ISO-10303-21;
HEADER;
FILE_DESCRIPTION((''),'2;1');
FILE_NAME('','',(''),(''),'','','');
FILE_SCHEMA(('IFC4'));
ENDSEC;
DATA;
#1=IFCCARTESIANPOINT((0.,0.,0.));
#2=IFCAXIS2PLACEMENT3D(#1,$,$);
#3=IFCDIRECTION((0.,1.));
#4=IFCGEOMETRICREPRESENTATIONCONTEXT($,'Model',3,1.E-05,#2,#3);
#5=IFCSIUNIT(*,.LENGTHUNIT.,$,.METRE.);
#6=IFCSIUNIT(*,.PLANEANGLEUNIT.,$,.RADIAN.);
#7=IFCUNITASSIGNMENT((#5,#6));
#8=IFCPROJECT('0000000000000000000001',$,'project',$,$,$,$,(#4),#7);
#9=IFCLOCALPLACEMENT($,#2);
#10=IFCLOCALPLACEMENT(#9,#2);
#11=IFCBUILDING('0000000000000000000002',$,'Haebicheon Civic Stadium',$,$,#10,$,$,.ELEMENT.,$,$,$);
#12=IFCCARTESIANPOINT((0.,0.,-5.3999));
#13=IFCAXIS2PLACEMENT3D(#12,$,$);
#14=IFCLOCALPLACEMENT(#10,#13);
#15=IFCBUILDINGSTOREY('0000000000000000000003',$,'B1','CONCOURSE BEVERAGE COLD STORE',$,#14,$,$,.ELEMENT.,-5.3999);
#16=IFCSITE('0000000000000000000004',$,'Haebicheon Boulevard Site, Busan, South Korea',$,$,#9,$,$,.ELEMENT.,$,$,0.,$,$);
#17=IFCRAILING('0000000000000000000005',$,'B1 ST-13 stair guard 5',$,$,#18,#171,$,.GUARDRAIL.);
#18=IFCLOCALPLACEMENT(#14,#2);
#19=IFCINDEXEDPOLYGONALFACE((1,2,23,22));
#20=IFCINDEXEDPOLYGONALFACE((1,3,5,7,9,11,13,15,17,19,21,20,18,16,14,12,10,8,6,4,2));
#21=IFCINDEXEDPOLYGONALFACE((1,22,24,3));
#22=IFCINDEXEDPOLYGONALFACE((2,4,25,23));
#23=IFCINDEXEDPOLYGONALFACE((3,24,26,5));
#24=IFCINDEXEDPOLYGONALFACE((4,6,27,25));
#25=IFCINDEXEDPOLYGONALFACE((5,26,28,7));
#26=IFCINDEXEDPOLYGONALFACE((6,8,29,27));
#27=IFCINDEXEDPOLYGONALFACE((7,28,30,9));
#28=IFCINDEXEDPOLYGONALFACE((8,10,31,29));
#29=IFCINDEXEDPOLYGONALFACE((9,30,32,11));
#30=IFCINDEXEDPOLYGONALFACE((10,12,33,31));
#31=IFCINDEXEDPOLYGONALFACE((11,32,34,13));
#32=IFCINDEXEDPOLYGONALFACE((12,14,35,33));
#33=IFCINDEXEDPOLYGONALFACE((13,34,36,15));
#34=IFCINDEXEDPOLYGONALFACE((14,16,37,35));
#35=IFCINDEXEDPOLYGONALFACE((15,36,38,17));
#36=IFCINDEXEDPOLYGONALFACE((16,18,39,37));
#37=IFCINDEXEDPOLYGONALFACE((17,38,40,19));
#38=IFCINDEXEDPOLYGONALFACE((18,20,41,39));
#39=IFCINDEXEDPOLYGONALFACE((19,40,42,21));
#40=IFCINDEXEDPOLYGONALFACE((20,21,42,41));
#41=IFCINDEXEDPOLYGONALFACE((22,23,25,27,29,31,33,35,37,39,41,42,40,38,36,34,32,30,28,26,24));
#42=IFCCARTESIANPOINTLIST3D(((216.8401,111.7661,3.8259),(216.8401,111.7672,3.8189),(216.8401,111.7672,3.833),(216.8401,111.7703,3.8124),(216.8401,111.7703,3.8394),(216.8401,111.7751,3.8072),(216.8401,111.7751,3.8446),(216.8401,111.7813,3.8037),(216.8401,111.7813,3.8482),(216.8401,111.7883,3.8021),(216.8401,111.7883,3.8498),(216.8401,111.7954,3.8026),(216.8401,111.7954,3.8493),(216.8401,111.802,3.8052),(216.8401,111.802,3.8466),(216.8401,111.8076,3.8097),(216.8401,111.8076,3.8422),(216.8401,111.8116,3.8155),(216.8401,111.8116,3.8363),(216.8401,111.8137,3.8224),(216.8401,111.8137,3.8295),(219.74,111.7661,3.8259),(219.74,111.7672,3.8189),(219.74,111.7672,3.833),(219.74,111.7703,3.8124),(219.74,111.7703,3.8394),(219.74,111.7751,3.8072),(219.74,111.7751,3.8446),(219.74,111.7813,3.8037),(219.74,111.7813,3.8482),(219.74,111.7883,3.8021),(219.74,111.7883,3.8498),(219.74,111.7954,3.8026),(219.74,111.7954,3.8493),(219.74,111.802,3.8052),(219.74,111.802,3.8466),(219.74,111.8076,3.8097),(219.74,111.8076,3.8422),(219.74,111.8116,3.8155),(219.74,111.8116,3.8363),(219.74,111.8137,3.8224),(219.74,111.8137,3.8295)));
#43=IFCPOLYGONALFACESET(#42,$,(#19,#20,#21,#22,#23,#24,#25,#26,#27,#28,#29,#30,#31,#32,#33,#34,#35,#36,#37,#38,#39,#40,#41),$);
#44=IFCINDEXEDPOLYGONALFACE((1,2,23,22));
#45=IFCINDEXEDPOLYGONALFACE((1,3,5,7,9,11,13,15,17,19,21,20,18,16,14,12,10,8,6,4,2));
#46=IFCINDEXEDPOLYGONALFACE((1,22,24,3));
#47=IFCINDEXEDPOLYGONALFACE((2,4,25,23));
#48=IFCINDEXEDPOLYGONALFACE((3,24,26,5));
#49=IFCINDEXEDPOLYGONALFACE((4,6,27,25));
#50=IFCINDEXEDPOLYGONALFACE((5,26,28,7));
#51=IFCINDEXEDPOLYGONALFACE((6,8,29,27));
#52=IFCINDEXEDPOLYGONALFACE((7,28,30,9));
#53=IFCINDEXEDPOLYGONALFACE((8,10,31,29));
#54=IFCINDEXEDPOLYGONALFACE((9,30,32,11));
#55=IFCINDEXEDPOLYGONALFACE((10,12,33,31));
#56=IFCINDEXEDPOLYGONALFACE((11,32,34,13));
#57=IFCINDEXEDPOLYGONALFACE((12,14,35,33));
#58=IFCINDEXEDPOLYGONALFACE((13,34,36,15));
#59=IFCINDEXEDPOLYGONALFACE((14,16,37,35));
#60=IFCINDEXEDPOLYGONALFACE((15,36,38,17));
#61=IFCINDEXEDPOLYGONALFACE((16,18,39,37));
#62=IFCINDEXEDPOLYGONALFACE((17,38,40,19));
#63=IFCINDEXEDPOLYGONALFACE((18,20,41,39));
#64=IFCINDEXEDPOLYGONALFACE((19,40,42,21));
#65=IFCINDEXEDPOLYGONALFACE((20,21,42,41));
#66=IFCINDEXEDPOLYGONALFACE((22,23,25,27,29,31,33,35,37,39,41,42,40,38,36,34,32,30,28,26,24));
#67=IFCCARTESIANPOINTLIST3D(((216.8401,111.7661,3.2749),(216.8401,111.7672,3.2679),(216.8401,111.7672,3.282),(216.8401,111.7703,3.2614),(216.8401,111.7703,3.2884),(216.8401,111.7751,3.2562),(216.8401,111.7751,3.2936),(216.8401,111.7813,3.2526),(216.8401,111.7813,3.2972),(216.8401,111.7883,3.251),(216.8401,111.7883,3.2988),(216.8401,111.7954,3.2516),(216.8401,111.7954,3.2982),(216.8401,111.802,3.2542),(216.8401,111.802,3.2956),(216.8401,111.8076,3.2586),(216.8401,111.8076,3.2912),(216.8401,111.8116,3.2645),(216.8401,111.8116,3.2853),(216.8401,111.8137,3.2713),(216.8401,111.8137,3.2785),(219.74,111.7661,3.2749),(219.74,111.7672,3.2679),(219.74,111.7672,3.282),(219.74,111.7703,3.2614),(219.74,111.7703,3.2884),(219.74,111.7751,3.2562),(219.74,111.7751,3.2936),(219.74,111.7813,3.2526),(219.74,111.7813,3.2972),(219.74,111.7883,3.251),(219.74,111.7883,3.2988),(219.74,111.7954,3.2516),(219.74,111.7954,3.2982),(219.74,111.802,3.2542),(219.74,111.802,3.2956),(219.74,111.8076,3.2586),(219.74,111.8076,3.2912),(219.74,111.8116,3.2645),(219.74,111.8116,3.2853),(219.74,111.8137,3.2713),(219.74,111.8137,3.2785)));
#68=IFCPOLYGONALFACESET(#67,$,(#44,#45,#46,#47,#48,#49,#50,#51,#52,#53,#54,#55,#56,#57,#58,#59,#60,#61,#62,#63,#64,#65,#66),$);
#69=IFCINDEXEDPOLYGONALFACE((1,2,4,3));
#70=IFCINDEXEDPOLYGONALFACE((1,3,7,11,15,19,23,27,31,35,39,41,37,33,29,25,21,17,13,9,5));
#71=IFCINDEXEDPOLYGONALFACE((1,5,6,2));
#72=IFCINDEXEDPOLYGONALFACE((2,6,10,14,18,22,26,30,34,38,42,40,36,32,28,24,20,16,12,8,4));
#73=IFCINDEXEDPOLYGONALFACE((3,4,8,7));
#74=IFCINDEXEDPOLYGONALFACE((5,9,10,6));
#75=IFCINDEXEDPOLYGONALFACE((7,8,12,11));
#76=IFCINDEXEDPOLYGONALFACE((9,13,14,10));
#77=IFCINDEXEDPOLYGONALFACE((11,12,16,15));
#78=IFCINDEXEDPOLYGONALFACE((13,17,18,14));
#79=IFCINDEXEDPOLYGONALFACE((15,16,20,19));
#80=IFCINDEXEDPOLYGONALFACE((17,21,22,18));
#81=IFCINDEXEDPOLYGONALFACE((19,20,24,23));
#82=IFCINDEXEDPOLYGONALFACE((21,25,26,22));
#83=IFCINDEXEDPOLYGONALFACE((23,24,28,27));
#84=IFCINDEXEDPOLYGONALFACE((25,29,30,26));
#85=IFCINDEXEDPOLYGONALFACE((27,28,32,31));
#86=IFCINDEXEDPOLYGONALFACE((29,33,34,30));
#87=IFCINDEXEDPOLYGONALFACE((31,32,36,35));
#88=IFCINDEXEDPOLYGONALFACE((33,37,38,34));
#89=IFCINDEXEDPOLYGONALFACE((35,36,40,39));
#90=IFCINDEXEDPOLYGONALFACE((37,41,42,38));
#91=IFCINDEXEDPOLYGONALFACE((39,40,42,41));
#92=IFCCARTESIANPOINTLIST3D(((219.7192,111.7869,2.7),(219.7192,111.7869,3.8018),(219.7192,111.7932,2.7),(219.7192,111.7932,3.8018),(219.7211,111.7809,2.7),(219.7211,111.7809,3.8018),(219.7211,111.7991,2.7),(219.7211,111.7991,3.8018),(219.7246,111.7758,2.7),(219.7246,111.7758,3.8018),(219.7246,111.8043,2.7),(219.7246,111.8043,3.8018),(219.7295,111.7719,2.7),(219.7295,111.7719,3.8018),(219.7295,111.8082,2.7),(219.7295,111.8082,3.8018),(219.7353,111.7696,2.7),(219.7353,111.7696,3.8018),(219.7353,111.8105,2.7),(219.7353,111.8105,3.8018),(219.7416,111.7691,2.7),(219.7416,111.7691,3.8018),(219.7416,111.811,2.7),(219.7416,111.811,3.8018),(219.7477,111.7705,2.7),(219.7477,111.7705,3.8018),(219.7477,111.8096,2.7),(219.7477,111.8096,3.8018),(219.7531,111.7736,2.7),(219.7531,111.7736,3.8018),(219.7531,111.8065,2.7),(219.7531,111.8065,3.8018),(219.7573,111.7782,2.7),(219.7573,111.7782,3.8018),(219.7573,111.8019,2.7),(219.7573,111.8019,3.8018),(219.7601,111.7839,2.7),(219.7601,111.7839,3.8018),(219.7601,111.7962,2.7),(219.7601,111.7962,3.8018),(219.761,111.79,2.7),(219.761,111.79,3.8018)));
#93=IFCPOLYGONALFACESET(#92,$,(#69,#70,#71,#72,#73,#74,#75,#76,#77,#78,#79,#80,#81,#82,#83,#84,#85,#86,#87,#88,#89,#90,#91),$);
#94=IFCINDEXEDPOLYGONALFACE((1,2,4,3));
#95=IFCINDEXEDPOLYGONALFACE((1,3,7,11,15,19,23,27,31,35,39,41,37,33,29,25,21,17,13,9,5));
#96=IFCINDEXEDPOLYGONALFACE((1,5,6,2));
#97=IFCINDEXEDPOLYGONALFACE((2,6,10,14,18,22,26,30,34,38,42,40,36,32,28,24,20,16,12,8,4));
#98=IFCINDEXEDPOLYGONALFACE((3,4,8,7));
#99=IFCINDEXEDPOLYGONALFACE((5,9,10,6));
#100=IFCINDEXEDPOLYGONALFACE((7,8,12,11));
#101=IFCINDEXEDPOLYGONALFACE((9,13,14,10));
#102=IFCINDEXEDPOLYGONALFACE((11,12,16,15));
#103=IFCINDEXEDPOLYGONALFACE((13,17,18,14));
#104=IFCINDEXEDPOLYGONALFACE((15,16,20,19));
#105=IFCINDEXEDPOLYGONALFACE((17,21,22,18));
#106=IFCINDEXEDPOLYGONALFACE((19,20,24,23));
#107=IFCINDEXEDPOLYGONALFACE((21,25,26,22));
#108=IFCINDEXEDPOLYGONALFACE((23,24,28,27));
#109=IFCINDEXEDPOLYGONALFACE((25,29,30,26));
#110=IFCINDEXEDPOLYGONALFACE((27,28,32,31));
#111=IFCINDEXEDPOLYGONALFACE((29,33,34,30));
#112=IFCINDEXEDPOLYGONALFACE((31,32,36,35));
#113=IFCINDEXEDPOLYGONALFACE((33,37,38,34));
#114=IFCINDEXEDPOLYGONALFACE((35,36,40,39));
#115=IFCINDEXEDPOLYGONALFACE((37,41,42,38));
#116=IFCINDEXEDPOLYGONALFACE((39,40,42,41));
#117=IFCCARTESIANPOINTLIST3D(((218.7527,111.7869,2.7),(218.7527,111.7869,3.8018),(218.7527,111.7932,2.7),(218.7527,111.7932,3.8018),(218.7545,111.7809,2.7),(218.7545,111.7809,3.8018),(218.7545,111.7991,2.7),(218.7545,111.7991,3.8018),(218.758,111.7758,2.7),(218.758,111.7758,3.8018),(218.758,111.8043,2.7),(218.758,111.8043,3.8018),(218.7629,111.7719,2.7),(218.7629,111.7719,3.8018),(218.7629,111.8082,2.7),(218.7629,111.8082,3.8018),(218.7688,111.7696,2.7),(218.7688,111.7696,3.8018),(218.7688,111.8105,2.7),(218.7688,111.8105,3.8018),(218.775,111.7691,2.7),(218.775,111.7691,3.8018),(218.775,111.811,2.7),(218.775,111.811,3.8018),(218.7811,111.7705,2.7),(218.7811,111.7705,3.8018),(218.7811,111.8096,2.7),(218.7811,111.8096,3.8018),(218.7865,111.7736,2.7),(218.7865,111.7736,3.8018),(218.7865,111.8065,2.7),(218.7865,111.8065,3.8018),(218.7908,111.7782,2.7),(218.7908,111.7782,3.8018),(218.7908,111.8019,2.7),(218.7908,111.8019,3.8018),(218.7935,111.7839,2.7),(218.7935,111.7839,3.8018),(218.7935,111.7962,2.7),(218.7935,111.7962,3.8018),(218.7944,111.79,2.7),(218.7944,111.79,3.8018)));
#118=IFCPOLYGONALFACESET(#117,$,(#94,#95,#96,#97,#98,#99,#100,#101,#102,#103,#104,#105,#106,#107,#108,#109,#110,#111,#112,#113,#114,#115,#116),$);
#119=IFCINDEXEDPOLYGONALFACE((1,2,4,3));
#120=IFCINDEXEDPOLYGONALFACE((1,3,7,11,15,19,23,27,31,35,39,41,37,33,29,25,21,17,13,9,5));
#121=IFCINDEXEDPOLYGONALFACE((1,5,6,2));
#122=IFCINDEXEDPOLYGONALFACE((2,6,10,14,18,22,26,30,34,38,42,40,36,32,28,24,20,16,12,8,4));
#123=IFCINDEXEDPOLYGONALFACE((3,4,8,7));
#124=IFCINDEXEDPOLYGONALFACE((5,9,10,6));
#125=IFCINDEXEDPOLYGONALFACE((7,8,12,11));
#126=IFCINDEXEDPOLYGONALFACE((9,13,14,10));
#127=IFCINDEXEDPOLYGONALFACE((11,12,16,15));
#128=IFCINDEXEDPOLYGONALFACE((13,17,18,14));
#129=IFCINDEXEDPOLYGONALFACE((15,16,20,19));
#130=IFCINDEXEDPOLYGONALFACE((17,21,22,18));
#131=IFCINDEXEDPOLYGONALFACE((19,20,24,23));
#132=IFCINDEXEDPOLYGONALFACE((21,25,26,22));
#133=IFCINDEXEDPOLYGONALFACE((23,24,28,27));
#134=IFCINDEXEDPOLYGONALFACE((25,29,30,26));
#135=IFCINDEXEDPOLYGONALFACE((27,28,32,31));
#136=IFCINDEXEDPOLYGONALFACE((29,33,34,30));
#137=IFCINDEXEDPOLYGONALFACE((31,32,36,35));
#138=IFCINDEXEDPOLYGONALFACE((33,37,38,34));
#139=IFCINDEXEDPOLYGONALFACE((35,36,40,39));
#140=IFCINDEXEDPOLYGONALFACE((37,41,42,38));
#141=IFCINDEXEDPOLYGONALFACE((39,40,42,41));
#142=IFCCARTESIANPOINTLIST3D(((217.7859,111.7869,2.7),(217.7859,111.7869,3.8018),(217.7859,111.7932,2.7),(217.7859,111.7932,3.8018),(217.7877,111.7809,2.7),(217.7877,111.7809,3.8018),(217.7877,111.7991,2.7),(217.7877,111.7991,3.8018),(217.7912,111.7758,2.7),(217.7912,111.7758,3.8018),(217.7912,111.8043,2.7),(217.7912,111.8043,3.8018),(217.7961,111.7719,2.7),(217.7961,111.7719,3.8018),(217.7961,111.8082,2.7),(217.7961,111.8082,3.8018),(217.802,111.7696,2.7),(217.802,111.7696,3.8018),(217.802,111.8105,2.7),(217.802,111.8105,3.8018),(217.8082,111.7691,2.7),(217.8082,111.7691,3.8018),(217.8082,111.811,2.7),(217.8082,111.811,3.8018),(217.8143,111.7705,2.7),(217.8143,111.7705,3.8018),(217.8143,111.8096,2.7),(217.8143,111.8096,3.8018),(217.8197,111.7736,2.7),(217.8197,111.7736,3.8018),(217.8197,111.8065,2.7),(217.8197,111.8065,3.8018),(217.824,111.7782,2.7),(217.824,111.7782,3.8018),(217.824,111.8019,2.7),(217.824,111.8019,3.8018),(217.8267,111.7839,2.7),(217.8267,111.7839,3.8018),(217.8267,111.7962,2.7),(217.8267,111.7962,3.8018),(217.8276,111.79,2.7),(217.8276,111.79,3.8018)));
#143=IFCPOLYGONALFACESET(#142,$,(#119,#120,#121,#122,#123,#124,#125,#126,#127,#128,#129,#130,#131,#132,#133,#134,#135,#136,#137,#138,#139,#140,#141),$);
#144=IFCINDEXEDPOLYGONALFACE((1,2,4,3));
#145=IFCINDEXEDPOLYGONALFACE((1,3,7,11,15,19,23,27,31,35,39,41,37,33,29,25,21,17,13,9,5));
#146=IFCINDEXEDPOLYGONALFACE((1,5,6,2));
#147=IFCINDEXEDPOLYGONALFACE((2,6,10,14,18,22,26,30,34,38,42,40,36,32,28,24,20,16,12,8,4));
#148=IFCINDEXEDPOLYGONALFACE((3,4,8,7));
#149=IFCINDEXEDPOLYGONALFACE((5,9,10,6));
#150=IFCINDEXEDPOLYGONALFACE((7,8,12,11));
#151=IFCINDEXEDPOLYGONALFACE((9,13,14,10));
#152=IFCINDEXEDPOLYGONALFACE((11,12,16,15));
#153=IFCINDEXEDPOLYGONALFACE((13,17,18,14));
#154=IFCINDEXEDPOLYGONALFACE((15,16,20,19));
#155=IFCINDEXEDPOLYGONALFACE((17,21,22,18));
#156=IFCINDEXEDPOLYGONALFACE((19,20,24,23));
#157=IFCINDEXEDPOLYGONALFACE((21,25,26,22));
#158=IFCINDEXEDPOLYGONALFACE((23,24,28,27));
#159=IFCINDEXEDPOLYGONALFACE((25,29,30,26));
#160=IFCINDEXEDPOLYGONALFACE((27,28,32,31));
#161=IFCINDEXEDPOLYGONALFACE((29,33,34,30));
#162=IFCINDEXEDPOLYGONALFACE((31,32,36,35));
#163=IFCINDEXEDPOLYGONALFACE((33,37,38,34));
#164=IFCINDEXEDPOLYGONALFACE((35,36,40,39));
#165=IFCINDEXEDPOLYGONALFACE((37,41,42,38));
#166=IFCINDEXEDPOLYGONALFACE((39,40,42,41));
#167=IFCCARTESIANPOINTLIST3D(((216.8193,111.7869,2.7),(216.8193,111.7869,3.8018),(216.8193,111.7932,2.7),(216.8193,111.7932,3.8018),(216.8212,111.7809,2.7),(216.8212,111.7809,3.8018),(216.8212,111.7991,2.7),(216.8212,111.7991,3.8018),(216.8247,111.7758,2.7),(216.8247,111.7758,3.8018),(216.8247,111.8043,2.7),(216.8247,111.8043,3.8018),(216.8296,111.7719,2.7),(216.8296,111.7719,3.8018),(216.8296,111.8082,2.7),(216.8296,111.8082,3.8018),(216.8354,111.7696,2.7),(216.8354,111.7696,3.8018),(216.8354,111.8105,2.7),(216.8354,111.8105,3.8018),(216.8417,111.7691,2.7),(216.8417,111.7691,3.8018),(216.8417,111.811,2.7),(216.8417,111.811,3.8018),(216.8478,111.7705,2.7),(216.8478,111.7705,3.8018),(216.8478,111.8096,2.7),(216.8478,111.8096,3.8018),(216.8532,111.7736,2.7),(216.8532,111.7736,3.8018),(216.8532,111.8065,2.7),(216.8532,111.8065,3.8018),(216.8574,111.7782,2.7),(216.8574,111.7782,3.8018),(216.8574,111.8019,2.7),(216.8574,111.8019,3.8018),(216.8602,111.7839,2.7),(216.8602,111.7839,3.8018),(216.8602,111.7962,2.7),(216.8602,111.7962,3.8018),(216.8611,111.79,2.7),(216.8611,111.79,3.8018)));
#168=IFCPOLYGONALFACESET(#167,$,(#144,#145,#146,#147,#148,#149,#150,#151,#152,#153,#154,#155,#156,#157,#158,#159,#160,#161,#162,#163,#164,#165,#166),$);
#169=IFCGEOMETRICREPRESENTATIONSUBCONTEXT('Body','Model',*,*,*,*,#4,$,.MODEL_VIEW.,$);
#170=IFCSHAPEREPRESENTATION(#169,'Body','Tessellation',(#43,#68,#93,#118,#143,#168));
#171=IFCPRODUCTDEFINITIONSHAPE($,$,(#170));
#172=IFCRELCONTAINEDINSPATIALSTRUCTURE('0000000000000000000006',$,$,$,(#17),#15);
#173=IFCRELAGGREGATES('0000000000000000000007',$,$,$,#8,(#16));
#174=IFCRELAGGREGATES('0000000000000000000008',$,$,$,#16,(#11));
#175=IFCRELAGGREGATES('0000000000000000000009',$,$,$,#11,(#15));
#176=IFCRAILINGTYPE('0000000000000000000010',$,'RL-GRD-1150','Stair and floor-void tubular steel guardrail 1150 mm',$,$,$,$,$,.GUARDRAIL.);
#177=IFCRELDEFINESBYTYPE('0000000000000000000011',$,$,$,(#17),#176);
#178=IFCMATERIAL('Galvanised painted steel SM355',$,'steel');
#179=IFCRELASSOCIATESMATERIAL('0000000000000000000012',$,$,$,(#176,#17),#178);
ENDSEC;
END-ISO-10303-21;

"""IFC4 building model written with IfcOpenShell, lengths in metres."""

from ifc_helpers import new_model, si_unit, direction, frame, origin, origin_2d, place, context, subcontext, project, spatial, circle, extrude, material, type_object, element, save


model = new_model("IFC4")

# Units and contexts
model_context = context("Model", 3, precision=1e-05, world=origin(), true_north=direction((0.0, 1.0)))
body_context = subcontext(model_context, "Body", "Model", "MODEL_VIEW")
ifc_project = project(units=[si_unit("LENGTHUNIT", "METRE"), si_unit("PLANEANGLEUNIT", "RADIAN")], contexts=[model_context])

# Site, building, storey
site_placement = place(None, origin())
site = spatial("IfcSite", under=ifc_project, at=site_placement, Name="Haebicheon Boulevard Site, Busan, South Korea", CompositionType="ELEMENT", RefElevation=0.0)
building_placement = place(site_placement, origin())
building = spatial("IfcBuilding", under=site, at=building_placement, Name="Haebicheon Civic Stadium", CompositionType="ELEMENT")
storey_placement = place(building_placement, frame((0.0, 0.0, -5.3999)))
storey = spatial("IfcBuildingStorey", under=building, at=storey_placement, Name="B1", Description="CONCOURSE BEVERAGE COLD STORE", CompositionType="ELEMENT", Elevation=-5.3999)

# Railing
ifc_material_1 = material(Name="Galvanised painted steel SM355", Category="steel")
railing_type = type_object("IfcRailingType", Name="RL-GRD-1150", Description="Stair and floor-void tubular steel guardrail 1150 mm", PredefinedType="GUARDRAIL", material=ifc_material_1)
railing_placement = place(storey_placement, frame((219.74, 111.79, 2.7)))
element("IfcRailing", 1, at=railing_placement, inside=storey, type_object=railing_type, material=ifc_material_1, Name="B1 ST-13 stair guard 5", PredefinedType="GUARDRAIL", context=body_context, shape_type="SweptSolid", body=[
    extrude(circle(Radius=0.0239, at=origin_2d()), frame((0.0, 0.0, 1.126), z_axis=(-1.0, 0.0, 0.0), x_axis=(0.0, -1.0, 0.0)), (0.0, 0.0, 1.0), 2.8999),
    extrude(circle(Radius=0.0239, at=origin_2d()), frame((0.0, 0.0, 0.575), z_axis=(-1.0, 0.0, 0.0), x_axis=(0.0, -1.0, 0.0)), (0.0, 0.0, 1.0), 2.8999),
    extrude(circle(Radius=0.021, at=origin_2d()), origin(), (0.0, 0.0, 1.0), 1.1018),
    extrude(circle(Radius=0.021, at=origin_2d()), frame((-0.9666, 0.0, 0.0)), (0.0, 0.0, 1.0), 1.1018),
    extrude(circle(Radius=0.021, at=origin_2d()), frame((-1.9333, 0.0, 0.0)), (0.0, 0.0, 1.0), 1.1018),
    extrude(circle(Radius=0.021, at=origin_2d()), frame((-2.8999, 0.0, 0.0)), (0.0, 0.0, 1.0), 1.1018),
])

save(model, "model.ifc")
